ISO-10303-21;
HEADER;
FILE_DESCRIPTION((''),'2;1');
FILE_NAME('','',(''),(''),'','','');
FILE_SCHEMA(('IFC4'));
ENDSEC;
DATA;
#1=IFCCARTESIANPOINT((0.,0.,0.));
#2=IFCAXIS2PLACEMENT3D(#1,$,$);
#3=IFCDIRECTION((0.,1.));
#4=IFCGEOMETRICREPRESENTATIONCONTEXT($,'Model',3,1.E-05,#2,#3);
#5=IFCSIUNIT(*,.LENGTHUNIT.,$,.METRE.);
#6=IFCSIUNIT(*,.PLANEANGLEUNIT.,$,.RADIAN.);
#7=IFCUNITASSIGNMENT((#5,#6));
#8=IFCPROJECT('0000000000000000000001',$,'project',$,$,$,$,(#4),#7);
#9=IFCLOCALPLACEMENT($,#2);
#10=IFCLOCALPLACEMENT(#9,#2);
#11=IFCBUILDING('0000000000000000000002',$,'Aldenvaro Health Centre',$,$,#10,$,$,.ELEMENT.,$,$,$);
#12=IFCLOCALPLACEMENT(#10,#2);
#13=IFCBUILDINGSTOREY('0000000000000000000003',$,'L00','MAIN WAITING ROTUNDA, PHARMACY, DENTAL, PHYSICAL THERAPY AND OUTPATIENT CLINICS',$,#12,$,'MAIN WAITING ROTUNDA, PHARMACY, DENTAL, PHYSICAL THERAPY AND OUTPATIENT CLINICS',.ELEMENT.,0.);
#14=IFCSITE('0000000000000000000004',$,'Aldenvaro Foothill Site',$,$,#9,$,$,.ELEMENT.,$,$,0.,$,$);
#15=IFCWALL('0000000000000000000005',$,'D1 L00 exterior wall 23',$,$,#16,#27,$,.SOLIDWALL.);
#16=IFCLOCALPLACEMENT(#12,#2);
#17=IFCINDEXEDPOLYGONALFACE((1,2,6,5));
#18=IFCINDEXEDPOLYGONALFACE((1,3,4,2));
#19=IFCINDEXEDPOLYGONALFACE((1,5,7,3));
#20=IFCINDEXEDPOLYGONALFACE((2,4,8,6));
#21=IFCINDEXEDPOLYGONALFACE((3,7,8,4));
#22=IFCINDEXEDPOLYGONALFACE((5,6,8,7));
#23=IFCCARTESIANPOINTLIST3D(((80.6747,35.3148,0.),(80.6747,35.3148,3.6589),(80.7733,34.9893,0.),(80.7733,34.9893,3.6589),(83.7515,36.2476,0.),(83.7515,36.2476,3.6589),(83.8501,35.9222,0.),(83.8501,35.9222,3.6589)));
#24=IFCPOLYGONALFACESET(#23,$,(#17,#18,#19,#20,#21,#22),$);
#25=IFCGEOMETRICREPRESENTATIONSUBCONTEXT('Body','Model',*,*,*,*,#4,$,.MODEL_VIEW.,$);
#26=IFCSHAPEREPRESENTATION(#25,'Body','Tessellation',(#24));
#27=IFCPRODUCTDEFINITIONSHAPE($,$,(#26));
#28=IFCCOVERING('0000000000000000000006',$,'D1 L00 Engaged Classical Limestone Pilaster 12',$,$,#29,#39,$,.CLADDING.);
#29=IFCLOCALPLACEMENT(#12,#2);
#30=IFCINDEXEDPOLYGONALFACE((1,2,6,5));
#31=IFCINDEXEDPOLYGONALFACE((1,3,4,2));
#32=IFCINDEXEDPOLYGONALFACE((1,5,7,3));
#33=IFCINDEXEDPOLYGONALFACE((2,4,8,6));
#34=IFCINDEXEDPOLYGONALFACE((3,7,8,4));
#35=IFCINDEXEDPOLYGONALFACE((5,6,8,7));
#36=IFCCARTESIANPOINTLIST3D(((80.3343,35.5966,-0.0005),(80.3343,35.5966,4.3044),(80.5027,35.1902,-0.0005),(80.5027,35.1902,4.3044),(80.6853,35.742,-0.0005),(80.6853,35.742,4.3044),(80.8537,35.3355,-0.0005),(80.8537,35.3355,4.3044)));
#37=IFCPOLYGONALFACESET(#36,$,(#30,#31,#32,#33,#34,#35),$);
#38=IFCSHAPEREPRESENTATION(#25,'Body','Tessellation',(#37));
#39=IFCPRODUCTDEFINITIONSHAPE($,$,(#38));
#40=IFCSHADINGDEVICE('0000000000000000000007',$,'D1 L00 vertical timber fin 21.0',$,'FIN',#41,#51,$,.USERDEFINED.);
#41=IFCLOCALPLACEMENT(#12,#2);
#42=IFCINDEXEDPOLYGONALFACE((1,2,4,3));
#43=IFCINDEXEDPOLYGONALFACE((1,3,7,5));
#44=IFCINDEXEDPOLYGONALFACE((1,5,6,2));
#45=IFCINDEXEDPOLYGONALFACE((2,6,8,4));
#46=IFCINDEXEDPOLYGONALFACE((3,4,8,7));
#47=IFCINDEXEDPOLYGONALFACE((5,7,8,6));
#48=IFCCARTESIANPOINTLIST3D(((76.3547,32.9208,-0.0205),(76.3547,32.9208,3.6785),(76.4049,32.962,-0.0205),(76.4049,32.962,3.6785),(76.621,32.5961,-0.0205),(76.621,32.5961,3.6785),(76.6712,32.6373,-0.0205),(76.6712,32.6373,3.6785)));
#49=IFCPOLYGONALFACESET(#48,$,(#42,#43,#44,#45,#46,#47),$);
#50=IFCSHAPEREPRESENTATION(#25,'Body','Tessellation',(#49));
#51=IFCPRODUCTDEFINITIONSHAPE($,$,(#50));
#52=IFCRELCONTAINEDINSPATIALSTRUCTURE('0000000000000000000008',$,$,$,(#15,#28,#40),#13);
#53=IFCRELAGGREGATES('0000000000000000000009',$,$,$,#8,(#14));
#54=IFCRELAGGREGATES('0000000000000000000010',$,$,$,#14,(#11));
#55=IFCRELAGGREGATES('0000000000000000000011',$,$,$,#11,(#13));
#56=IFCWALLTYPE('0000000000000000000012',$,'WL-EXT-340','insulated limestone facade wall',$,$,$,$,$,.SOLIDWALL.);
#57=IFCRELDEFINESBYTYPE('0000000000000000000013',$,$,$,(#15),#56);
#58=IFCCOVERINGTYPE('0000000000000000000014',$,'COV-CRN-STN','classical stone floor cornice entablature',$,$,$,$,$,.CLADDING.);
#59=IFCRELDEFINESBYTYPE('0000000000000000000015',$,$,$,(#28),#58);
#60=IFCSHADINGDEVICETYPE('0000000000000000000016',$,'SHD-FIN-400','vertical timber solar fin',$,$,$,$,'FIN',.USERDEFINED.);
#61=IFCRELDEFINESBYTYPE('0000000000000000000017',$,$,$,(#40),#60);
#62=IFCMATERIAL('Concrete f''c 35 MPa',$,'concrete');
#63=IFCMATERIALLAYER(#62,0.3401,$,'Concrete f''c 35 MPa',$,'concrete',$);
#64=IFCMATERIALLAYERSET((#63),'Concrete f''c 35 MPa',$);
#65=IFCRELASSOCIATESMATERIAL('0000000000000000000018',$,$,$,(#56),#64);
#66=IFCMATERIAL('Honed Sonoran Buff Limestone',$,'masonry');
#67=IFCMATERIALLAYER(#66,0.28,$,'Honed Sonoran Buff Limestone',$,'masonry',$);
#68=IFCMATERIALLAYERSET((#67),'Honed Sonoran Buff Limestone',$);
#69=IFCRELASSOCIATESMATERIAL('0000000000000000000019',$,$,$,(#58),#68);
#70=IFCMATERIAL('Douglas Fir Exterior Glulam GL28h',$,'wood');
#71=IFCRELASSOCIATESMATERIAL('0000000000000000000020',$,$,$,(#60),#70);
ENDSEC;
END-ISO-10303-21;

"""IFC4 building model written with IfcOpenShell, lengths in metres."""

from ifc_helpers import new_model, si_unit, direction, frame, frame_2d, origin, origin_2d, place, context, subcontext, project, spatial, rectangle, extrude, material, layer, layer_set, type_object, element, save


model = new_model("IFC4")

# Units and contexts
model_context = context("Model", 3, precision=1e-05, world=origin(), true_north=direction((0.0, 1.0)))
body_context = subcontext(model_context, "Body", "Model", "MODEL_VIEW")
ifc_project = project(units=[si_unit("LENGTHUNIT", "METRE"), si_unit("PLANEANGLEUNIT", "RADIAN")], contexts=[model_context])

# Site, building, storey
site_placement = place(None, origin())
site = spatial("IfcSite", under=ifc_project, at=site_placement, Name="Aldenvaro Foothill Site", CompositionType="ELEMENT", RefElevation=0.0)
building_placement = place(site_placement, origin())
building = spatial("IfcBuilding", under=site, at=building_placement, Name="Aldenvaro Health Centre", CompositionType="ELEMENT")
storey_placement = place(building_placement, origin())
storey = spatial("IfcBuildingStorey", under=building, at=storey_placement, Name="L00", Description="MAIN WAITING ROTUNDA, PHARMACY, DENTAL, PHYSICAL THERAPY AND OUTPATIENT CLINICS", LongName="MAIN WAITING ROTUNDA, PHARMACY, DENTAL, PHYSICAL THERAPY AND OUTPATIENT CLINICS", CompositionType="ELEMENT", Elevation=0.0)

# Shared definitions
ifc_material_1 = material(Name="Concrete f'c 35 MPa", Category="concrete")
ifc_layer_1 = layer(ifc_material_1, 0.3401, Name="Concrete f'c 35 MPa", Category="concrete")
ifc_layer_set_1 = layer_set([ifc_layer_1], Name="Concrete f'c 35 MPa")
wall_type = type_object("IfcWallType", Name="WL-EXT-340", Description="insulated limestone facade wall", PredefinedType="SOLIDWALL", material=ifc_layer_set_1)

# Wall
wall_1_placement = place(storey_placement, frame((80.7241, 35.1521, 0.0), z_axis=(0.0, 0.0, 1.0), x_axis=(0.956984, 0.29014, 0.0)))
element("IfcWall", 1, at=wall_1_placement, inside=storey, type_object=wall_type, Name="D1 L00 exterior wall 23", PredefinedType="SOLIDWALL", context=body_context, shape_type="SweptSolid", body=[
    extrude(rectangle(XDim=3.2151, YDim=0.3401, at=frame_2d((1.6074, 0.0))), origin(), (0.0, 0.0, 1.0), 3.6589),
])

# Covering
ifc_material_2 = material(Name="Honed Sonoran Buff Limestone", Category="masonry")
ifc_layer_2 = layer(ifc_material_2, 0.28, Name="Honed Sonoran Buff Limestone", Category="masonry")
ifc_layer_set_2 = layer_set([ifc_layer_2], Name="Honed Sonoran Buff Limestone")
covering_type = type_object("IfcCoveringType", Name="COV-CRN-STN", Description="classical stone floor cornice entablature", PredefinedType="CLADDING", material=ifc_layer_set_2)
covering_placement = place(storey_placement, frame((80.594, 35.4661, -0.0005), z_axis=(0.0, 0.0, 1.0), x_axis=(-0.382675, 0.923883, 0.0)))
element("IfcCovering", 2, at=covering_placement, inside=storey, type_object=covering_type, Name="D1 L00 Engaged Classical Limestone Pilaster 12", PredefinedType="CLADDING", context=body_context, shape_type="SweptSolid", body=[
    extrude(rectangle(XDim=0.4399, YDim=0.3799, at=origin_2d()), origin(), (0.0, 0.0, 1.0), 4.3049),
])

# Shading device
ifc_material_3 = material(Name="Douglas Fir Exterior Glulam GL28h", Category="wood")
shading_device_type = type_object("IfcShadingDeviceType", Name="SHD-FIN-400", Description="vertical timber solar fin", ElementType="FIN", PredefinedType="USERDEFINED", material=ifc_material_3)
shading_device_placement = place(storey_placement, frame((76.5129, 32.7791, -0.0205), z_axis=(0.0, 0.0, 1.0), x_axis=(0.773195, 0.634169, 0.0)))
element("IfcShadingDevice", 3, at=shading_device_placement, inside=storey, type_object=shading_device_type, Name="D1 L00 vertical timber fin 21.0", ObjectType="FIN", PredefinedType="USERDEFINED", context=body_context, shape_type="SweptSolid", body=[
    extrude(rectangle(XDim=0.0649, YDim=0.4199, at=origin_2d()), origin(), (0.0, 0.0, 1.0), 3.699),
])

save(model, "model.ifc")
